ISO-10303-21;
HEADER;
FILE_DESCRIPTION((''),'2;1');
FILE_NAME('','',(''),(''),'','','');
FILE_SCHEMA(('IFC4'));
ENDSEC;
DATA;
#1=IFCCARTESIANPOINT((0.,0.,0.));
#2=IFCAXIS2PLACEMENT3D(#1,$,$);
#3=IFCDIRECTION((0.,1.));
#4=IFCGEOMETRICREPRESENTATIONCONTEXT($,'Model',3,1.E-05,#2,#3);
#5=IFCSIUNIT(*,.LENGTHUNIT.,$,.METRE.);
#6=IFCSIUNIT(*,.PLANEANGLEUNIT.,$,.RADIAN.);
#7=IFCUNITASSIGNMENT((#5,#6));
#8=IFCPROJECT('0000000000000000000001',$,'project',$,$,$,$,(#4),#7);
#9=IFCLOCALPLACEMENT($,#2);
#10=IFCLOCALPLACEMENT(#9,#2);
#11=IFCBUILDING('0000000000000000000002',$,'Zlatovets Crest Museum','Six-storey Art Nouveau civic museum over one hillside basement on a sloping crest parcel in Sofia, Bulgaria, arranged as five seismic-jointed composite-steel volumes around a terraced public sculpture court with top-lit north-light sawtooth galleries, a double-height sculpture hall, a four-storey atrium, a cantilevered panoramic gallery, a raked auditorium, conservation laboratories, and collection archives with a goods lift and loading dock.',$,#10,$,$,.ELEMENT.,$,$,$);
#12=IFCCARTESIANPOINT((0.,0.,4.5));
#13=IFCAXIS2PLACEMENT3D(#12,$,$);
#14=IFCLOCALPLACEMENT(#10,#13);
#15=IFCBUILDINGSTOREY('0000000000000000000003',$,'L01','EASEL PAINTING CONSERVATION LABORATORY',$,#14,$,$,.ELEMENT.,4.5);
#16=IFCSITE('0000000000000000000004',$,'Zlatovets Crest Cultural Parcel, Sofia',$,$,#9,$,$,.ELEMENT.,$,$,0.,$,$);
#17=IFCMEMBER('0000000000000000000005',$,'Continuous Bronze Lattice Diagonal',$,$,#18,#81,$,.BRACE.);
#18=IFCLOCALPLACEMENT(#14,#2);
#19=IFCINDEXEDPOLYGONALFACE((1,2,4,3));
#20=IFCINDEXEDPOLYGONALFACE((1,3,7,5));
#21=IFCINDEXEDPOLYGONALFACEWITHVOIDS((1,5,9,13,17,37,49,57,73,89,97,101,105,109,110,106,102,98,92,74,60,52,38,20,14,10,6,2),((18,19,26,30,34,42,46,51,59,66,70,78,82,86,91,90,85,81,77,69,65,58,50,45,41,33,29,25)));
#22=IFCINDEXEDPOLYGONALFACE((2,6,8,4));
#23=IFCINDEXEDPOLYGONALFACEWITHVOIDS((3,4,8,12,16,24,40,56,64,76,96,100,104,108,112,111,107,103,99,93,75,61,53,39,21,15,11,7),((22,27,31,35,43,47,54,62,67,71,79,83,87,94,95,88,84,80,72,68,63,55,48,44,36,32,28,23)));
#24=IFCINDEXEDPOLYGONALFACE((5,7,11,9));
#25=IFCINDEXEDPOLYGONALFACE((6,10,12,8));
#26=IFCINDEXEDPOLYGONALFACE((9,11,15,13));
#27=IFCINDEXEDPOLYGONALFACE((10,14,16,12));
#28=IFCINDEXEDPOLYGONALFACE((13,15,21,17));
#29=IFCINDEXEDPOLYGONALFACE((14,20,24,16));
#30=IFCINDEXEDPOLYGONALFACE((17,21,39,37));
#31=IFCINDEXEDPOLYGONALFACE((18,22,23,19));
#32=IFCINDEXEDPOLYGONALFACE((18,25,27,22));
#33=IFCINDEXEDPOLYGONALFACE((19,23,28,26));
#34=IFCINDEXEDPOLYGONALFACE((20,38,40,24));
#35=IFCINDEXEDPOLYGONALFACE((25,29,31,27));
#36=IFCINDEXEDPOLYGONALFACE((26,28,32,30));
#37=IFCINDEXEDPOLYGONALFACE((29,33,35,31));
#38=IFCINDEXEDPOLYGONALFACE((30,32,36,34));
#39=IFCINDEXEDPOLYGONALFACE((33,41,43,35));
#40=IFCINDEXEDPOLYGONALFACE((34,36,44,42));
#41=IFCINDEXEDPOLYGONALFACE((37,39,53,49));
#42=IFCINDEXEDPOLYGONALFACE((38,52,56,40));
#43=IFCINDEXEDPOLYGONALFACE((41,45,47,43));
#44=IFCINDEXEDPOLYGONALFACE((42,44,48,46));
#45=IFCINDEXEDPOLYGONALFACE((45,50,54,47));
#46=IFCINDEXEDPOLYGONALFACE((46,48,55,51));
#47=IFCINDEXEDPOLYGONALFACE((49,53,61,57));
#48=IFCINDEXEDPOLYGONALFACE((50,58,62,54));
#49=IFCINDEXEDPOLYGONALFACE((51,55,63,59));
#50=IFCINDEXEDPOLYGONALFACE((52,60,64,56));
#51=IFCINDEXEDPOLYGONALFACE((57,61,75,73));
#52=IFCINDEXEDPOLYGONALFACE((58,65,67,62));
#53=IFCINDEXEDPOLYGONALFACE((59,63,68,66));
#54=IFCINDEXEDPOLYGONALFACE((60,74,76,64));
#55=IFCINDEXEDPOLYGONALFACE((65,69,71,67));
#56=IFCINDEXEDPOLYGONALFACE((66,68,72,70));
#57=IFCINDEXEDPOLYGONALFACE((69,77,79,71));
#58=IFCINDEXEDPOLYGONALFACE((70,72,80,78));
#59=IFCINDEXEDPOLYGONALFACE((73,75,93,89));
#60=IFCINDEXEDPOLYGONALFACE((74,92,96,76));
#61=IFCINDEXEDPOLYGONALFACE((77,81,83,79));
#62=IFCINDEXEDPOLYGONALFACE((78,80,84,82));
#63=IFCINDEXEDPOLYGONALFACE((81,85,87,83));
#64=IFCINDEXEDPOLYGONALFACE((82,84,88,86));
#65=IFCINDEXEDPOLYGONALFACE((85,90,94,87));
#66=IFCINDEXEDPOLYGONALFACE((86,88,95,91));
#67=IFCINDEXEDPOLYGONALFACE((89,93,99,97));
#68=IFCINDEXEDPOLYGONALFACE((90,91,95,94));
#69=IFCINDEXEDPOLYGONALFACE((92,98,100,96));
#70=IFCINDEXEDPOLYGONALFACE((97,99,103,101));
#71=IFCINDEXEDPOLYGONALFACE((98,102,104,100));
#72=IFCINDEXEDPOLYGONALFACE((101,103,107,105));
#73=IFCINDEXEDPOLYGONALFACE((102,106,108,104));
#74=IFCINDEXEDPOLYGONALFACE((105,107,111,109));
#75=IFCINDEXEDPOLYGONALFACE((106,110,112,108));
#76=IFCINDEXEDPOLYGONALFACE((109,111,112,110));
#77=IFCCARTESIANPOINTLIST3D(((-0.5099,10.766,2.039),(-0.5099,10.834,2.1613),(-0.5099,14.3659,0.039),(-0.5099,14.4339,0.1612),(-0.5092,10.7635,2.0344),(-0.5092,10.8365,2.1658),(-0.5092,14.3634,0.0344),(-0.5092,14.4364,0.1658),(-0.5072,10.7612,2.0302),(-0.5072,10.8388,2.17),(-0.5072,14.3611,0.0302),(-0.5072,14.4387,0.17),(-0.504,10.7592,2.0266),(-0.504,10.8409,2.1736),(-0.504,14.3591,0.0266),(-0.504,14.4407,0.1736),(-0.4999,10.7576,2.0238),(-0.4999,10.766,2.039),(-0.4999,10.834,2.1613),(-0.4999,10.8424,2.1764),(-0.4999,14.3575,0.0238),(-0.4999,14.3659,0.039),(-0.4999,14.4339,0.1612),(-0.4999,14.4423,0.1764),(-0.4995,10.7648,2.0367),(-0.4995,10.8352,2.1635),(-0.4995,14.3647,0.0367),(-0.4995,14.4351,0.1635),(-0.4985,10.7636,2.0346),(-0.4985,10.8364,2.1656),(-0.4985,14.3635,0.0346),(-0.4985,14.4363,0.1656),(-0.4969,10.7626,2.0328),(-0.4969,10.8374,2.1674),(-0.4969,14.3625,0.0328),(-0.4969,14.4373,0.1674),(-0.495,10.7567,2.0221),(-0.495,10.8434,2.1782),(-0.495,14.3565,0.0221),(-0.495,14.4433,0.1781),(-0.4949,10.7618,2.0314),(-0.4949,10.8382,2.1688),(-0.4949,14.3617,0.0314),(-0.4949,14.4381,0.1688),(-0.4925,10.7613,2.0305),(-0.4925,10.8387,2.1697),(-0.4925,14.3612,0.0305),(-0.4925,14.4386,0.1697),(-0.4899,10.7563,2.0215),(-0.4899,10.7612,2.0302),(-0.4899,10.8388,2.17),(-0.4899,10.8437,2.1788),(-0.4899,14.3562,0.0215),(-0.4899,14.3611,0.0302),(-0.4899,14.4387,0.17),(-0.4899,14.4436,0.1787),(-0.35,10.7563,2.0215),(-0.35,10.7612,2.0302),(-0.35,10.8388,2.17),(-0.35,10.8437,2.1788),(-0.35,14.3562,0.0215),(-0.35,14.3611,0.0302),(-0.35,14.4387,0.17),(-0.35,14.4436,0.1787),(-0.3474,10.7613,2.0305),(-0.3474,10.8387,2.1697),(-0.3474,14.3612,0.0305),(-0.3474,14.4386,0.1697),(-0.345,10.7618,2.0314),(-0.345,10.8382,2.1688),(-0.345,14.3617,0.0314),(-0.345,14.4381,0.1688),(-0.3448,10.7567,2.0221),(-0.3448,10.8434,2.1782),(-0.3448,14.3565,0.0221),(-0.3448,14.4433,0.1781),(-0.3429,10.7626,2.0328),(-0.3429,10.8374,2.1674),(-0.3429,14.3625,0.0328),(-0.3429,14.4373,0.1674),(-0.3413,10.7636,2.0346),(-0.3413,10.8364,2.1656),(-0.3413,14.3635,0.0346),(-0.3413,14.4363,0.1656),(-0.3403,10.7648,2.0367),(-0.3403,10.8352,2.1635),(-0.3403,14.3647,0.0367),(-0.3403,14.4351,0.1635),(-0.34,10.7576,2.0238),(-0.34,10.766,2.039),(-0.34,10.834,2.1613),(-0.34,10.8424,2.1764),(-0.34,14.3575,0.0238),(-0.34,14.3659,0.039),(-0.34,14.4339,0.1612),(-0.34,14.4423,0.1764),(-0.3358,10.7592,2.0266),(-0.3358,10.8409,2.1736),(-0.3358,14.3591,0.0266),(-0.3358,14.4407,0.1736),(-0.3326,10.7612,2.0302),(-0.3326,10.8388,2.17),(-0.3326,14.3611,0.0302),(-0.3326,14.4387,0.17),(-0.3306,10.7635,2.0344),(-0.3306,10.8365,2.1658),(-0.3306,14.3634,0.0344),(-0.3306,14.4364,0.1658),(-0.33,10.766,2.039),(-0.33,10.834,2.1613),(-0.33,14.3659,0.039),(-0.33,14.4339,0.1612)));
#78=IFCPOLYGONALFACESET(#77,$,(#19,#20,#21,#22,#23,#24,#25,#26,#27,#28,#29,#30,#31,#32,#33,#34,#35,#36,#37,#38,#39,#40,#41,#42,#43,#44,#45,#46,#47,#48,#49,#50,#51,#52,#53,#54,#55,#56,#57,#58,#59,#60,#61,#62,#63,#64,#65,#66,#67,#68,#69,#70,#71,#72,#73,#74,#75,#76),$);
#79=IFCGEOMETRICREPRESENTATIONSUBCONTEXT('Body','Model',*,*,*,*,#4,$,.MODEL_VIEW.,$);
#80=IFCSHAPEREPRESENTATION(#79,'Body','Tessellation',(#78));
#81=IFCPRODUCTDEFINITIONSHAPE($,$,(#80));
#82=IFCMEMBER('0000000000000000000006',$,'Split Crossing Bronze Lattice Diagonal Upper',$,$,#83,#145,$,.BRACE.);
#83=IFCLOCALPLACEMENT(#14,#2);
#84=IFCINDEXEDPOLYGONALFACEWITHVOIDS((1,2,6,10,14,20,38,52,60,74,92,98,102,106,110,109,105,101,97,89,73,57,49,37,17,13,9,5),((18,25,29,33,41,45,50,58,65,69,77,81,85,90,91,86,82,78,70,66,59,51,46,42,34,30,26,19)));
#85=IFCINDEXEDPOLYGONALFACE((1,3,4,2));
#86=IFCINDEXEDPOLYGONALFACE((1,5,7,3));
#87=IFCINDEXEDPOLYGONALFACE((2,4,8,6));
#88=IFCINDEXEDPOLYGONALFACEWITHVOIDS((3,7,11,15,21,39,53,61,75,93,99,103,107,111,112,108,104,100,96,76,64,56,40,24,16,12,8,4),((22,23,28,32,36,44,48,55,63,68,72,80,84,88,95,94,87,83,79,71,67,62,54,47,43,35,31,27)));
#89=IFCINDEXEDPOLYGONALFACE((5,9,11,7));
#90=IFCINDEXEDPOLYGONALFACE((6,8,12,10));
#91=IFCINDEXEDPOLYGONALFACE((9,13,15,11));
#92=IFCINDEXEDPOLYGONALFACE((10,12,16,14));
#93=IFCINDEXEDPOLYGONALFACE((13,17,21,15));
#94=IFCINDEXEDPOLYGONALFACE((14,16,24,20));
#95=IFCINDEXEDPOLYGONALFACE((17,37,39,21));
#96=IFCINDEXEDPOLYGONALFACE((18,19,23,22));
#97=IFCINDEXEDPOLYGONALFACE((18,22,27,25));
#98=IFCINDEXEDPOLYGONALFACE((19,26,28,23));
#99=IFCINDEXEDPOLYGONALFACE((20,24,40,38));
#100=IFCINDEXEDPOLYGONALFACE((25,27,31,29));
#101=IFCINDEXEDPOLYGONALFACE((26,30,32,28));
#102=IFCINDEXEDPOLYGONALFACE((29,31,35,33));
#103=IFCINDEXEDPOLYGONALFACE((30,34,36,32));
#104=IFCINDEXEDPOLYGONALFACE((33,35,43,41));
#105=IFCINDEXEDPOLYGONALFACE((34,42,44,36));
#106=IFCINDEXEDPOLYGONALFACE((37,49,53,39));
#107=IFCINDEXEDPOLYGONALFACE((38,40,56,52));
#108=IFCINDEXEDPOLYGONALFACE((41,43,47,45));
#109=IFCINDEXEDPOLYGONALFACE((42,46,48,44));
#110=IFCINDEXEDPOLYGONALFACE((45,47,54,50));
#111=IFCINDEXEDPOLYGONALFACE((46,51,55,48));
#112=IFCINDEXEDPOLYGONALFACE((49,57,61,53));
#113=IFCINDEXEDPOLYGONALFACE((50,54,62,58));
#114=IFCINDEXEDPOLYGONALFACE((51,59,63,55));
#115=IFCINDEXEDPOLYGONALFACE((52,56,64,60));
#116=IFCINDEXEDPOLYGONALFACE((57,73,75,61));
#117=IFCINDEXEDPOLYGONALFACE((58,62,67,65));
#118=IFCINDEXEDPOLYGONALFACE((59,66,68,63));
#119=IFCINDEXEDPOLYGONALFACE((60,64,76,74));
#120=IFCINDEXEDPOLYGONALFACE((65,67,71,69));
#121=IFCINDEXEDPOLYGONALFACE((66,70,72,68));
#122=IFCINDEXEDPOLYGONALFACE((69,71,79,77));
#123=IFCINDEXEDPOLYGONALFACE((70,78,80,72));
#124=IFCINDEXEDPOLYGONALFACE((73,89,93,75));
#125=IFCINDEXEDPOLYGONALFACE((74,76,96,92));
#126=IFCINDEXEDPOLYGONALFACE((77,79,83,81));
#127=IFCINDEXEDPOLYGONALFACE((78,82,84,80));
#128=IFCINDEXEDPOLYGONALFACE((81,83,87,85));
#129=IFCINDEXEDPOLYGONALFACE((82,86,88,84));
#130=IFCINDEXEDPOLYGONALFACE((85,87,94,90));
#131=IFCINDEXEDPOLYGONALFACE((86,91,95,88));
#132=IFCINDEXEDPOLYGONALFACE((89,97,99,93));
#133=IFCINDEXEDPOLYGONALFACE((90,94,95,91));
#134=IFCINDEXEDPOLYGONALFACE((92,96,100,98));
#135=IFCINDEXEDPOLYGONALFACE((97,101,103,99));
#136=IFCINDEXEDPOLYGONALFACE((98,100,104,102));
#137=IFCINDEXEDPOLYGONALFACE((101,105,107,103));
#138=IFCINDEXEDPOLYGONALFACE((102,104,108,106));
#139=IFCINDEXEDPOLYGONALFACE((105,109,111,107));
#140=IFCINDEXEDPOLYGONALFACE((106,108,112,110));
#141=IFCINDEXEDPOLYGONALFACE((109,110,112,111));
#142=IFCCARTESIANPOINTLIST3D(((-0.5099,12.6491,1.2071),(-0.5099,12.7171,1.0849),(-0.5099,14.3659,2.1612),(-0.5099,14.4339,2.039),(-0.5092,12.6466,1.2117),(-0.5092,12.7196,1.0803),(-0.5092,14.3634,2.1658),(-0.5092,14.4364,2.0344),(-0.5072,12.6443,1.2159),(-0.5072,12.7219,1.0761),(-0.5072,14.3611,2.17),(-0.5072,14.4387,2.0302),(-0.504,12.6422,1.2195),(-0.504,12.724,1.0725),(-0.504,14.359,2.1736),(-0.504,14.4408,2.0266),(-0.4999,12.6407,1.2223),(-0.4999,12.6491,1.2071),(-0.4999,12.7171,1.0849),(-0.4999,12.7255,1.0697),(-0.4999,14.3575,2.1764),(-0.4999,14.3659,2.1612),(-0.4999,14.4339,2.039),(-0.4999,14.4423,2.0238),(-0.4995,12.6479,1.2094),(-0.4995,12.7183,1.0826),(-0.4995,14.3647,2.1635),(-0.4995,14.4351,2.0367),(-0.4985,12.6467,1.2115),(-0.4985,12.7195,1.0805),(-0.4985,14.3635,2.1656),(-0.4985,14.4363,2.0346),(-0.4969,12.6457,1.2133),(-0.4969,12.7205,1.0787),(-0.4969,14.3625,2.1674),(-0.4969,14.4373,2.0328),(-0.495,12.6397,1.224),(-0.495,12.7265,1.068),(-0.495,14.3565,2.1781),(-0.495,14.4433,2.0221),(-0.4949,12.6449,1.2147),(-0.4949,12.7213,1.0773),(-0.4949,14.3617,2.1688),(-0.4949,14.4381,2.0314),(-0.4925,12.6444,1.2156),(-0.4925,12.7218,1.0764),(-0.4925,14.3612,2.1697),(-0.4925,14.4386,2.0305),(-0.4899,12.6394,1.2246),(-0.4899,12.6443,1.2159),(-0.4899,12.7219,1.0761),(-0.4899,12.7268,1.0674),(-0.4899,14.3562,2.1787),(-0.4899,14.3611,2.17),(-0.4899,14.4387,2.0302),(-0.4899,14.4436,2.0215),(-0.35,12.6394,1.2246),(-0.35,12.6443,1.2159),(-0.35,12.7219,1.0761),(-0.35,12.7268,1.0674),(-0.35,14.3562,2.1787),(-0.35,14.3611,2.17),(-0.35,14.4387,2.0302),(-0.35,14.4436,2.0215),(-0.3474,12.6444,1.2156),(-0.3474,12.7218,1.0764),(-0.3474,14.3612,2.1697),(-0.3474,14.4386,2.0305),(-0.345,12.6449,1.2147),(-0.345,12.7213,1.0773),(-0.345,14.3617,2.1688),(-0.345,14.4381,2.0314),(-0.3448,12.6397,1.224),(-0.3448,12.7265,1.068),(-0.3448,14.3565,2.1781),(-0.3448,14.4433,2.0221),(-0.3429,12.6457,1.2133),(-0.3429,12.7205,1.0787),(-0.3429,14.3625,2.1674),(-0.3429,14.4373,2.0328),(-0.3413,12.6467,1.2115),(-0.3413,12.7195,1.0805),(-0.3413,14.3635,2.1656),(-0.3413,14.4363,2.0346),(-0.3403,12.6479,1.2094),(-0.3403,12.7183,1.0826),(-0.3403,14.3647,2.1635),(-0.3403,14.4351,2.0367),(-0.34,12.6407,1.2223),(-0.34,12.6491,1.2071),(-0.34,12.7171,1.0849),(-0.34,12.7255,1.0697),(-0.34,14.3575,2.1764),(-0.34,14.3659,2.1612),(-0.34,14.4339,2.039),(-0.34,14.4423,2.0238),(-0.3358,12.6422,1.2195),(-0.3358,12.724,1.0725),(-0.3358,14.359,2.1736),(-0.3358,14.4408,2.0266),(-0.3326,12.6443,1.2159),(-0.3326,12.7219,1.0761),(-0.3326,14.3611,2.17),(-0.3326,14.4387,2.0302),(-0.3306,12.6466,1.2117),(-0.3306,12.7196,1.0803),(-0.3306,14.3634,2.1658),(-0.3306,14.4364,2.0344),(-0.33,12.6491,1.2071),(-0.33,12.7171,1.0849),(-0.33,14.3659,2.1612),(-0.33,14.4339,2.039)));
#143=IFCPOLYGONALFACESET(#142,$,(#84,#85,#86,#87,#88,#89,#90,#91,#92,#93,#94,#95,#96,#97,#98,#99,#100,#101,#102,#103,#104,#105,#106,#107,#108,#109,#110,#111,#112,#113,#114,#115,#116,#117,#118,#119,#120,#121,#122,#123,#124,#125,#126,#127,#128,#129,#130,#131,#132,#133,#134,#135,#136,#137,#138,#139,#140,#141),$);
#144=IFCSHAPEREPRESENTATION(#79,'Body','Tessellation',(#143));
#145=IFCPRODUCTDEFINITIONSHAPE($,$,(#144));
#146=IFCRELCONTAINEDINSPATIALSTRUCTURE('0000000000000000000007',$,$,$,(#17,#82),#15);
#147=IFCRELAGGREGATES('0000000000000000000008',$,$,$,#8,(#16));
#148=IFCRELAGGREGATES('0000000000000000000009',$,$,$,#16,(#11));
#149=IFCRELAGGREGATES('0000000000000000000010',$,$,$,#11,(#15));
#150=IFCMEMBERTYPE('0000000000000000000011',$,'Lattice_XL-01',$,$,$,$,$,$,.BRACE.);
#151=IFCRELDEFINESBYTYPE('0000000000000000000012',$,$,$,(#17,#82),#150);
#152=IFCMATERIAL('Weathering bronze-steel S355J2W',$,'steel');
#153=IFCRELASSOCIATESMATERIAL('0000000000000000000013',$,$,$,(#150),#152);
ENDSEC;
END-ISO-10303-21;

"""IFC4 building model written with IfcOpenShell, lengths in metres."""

from ifc_helpers import new_model, si_unit, direction, frame, origin, origin_2d, place, context, subcontext, project, spatial, hollow_rectangle, extrude, material, material_profile, profile_set, type_object, element, save


model = new_model("IFC4")

# Units and contexts
model_context = context("Model", 3, precision=1e-05, world=origin(), true_north=direction((0.0, 1.0)))
body_context = subcontext(model_context, "Body", "Model", "MODEL_VIEW")
ifc_project = project(units=[si_unit("LENGTHUNIT", "METRE"), si_unit("PLANEANGLEUNIT", "RADIAN")], contexts=[model_context])

# Site, building, storey
site_placement = place(None, origin())
site = spatial("IfcSite", under=ifc_project, at=site_placement, Name="Zlatovets Crest Cultural Parcel, Sofia", CompositionType="ELEMENT", RefElevation=0.0)
building_placement = place(site_placement, origin())
building = spatial("IfcBuilding", under=site, at=building_placement, Name="Zlatovets Crest Museum", Description="Six-storey Art Nouveau civic museum over one hillside basement on a sloping crest parcel in Sofia, Bulgaria, arranged as five seismic-jointed composite-steel volumes around a terraced public sculpture court with top-lit north-light sawtooth galleries, a double-height sculpture hall, a four-storey atrium, a cantilevered panoramic gallery, a raked auditorium, conservation laboratories, and collection archives with a goods lift and loading dock.", CompositionType="ELEMENT")
storey_placement = place(building_placement, frame((0.0, 0.0, 4.5)))
storey = spatial("IfcBuildingStorey", under=building, at=storey_placement, Name="L01", Description="EASEL PAINTING CONSERVATION LABORATORY", CompositionType="ELEMENT", Elevation=4.5)

# Members
ifc_material_1 = material(Name="Weathering bronze-steel S355J2W", Category="steel")
ifc_material_profile_1 = material_profile(ifc_material_1, hollow_rectangle(XDim=0.1799, YDim=0.1799, WallThickness=0.01, InnerFilletRadius=0.01, OuterFilletRadius=0.02, at=origin_2d()), Name="SHS 180x180x10.0")
ifc_profile_set_1 = profile_set([ifc_material_profile_1], Name="Weathering bronze-steel S355J2W")
member_type_1 = type_object("IfcMemberType", Name="Lattice_XL-01", PredefinedType="BRACE", material=ifc_profile_set_1)
member_1_placement = place(storey_placement, frame((-0.4199, 14.3999, 0.1001), z_axis=(0.0, -0.874149, 0.485658), x_axis=(1.0, 0.0, 0.0)))
element("IfcMember", 1, at=member_1_placement, inside=storey, type_object=member_type_1, Name="Continuous Bronze Lattice Diagonal", PredefinedType="BRACE", context=body_context, shape_type="SweptSolid", body=[
    extrude(hollow_rectangle(XDim=0.1799, YDim=0.1799, WallThickness=0.01, InnerFilletRadius=0.01, OuterFilletRadius=0.02, at=origin_2d()), origin(), (0.0, 0.0, 1.0), 4.1182),
])
for number, where, z_axis, x_axis, name in (
    (2, (-0.4199, 14.3999, 2.1001), (0.0, -0.874087, -0.48577), (1.0, 0.0, 0.0), "Split Crossing Bronze Lattice Diagonal Upper"),
):
    element("IfcMember", number, at=place(storey_placement, frame(where, z_axis=z_axis, x_axis=x_axis)), inside=storey, type_object=member_type_1, Name=name, PredefinedType="BRACE", context=body_context, shape_type="SweptSolid", body=[
        extrude(hollow_rectangle(XDim=0.1799, YDim=0.1799, WallThickness=0.01, InnerFilletRadius=0.01, OuterFilletRadius=0.02, at=origin_2d()), origin(), (0.0, 0.0, 1.0), 1.9641),
    ])

save(model, "model.ifc")
